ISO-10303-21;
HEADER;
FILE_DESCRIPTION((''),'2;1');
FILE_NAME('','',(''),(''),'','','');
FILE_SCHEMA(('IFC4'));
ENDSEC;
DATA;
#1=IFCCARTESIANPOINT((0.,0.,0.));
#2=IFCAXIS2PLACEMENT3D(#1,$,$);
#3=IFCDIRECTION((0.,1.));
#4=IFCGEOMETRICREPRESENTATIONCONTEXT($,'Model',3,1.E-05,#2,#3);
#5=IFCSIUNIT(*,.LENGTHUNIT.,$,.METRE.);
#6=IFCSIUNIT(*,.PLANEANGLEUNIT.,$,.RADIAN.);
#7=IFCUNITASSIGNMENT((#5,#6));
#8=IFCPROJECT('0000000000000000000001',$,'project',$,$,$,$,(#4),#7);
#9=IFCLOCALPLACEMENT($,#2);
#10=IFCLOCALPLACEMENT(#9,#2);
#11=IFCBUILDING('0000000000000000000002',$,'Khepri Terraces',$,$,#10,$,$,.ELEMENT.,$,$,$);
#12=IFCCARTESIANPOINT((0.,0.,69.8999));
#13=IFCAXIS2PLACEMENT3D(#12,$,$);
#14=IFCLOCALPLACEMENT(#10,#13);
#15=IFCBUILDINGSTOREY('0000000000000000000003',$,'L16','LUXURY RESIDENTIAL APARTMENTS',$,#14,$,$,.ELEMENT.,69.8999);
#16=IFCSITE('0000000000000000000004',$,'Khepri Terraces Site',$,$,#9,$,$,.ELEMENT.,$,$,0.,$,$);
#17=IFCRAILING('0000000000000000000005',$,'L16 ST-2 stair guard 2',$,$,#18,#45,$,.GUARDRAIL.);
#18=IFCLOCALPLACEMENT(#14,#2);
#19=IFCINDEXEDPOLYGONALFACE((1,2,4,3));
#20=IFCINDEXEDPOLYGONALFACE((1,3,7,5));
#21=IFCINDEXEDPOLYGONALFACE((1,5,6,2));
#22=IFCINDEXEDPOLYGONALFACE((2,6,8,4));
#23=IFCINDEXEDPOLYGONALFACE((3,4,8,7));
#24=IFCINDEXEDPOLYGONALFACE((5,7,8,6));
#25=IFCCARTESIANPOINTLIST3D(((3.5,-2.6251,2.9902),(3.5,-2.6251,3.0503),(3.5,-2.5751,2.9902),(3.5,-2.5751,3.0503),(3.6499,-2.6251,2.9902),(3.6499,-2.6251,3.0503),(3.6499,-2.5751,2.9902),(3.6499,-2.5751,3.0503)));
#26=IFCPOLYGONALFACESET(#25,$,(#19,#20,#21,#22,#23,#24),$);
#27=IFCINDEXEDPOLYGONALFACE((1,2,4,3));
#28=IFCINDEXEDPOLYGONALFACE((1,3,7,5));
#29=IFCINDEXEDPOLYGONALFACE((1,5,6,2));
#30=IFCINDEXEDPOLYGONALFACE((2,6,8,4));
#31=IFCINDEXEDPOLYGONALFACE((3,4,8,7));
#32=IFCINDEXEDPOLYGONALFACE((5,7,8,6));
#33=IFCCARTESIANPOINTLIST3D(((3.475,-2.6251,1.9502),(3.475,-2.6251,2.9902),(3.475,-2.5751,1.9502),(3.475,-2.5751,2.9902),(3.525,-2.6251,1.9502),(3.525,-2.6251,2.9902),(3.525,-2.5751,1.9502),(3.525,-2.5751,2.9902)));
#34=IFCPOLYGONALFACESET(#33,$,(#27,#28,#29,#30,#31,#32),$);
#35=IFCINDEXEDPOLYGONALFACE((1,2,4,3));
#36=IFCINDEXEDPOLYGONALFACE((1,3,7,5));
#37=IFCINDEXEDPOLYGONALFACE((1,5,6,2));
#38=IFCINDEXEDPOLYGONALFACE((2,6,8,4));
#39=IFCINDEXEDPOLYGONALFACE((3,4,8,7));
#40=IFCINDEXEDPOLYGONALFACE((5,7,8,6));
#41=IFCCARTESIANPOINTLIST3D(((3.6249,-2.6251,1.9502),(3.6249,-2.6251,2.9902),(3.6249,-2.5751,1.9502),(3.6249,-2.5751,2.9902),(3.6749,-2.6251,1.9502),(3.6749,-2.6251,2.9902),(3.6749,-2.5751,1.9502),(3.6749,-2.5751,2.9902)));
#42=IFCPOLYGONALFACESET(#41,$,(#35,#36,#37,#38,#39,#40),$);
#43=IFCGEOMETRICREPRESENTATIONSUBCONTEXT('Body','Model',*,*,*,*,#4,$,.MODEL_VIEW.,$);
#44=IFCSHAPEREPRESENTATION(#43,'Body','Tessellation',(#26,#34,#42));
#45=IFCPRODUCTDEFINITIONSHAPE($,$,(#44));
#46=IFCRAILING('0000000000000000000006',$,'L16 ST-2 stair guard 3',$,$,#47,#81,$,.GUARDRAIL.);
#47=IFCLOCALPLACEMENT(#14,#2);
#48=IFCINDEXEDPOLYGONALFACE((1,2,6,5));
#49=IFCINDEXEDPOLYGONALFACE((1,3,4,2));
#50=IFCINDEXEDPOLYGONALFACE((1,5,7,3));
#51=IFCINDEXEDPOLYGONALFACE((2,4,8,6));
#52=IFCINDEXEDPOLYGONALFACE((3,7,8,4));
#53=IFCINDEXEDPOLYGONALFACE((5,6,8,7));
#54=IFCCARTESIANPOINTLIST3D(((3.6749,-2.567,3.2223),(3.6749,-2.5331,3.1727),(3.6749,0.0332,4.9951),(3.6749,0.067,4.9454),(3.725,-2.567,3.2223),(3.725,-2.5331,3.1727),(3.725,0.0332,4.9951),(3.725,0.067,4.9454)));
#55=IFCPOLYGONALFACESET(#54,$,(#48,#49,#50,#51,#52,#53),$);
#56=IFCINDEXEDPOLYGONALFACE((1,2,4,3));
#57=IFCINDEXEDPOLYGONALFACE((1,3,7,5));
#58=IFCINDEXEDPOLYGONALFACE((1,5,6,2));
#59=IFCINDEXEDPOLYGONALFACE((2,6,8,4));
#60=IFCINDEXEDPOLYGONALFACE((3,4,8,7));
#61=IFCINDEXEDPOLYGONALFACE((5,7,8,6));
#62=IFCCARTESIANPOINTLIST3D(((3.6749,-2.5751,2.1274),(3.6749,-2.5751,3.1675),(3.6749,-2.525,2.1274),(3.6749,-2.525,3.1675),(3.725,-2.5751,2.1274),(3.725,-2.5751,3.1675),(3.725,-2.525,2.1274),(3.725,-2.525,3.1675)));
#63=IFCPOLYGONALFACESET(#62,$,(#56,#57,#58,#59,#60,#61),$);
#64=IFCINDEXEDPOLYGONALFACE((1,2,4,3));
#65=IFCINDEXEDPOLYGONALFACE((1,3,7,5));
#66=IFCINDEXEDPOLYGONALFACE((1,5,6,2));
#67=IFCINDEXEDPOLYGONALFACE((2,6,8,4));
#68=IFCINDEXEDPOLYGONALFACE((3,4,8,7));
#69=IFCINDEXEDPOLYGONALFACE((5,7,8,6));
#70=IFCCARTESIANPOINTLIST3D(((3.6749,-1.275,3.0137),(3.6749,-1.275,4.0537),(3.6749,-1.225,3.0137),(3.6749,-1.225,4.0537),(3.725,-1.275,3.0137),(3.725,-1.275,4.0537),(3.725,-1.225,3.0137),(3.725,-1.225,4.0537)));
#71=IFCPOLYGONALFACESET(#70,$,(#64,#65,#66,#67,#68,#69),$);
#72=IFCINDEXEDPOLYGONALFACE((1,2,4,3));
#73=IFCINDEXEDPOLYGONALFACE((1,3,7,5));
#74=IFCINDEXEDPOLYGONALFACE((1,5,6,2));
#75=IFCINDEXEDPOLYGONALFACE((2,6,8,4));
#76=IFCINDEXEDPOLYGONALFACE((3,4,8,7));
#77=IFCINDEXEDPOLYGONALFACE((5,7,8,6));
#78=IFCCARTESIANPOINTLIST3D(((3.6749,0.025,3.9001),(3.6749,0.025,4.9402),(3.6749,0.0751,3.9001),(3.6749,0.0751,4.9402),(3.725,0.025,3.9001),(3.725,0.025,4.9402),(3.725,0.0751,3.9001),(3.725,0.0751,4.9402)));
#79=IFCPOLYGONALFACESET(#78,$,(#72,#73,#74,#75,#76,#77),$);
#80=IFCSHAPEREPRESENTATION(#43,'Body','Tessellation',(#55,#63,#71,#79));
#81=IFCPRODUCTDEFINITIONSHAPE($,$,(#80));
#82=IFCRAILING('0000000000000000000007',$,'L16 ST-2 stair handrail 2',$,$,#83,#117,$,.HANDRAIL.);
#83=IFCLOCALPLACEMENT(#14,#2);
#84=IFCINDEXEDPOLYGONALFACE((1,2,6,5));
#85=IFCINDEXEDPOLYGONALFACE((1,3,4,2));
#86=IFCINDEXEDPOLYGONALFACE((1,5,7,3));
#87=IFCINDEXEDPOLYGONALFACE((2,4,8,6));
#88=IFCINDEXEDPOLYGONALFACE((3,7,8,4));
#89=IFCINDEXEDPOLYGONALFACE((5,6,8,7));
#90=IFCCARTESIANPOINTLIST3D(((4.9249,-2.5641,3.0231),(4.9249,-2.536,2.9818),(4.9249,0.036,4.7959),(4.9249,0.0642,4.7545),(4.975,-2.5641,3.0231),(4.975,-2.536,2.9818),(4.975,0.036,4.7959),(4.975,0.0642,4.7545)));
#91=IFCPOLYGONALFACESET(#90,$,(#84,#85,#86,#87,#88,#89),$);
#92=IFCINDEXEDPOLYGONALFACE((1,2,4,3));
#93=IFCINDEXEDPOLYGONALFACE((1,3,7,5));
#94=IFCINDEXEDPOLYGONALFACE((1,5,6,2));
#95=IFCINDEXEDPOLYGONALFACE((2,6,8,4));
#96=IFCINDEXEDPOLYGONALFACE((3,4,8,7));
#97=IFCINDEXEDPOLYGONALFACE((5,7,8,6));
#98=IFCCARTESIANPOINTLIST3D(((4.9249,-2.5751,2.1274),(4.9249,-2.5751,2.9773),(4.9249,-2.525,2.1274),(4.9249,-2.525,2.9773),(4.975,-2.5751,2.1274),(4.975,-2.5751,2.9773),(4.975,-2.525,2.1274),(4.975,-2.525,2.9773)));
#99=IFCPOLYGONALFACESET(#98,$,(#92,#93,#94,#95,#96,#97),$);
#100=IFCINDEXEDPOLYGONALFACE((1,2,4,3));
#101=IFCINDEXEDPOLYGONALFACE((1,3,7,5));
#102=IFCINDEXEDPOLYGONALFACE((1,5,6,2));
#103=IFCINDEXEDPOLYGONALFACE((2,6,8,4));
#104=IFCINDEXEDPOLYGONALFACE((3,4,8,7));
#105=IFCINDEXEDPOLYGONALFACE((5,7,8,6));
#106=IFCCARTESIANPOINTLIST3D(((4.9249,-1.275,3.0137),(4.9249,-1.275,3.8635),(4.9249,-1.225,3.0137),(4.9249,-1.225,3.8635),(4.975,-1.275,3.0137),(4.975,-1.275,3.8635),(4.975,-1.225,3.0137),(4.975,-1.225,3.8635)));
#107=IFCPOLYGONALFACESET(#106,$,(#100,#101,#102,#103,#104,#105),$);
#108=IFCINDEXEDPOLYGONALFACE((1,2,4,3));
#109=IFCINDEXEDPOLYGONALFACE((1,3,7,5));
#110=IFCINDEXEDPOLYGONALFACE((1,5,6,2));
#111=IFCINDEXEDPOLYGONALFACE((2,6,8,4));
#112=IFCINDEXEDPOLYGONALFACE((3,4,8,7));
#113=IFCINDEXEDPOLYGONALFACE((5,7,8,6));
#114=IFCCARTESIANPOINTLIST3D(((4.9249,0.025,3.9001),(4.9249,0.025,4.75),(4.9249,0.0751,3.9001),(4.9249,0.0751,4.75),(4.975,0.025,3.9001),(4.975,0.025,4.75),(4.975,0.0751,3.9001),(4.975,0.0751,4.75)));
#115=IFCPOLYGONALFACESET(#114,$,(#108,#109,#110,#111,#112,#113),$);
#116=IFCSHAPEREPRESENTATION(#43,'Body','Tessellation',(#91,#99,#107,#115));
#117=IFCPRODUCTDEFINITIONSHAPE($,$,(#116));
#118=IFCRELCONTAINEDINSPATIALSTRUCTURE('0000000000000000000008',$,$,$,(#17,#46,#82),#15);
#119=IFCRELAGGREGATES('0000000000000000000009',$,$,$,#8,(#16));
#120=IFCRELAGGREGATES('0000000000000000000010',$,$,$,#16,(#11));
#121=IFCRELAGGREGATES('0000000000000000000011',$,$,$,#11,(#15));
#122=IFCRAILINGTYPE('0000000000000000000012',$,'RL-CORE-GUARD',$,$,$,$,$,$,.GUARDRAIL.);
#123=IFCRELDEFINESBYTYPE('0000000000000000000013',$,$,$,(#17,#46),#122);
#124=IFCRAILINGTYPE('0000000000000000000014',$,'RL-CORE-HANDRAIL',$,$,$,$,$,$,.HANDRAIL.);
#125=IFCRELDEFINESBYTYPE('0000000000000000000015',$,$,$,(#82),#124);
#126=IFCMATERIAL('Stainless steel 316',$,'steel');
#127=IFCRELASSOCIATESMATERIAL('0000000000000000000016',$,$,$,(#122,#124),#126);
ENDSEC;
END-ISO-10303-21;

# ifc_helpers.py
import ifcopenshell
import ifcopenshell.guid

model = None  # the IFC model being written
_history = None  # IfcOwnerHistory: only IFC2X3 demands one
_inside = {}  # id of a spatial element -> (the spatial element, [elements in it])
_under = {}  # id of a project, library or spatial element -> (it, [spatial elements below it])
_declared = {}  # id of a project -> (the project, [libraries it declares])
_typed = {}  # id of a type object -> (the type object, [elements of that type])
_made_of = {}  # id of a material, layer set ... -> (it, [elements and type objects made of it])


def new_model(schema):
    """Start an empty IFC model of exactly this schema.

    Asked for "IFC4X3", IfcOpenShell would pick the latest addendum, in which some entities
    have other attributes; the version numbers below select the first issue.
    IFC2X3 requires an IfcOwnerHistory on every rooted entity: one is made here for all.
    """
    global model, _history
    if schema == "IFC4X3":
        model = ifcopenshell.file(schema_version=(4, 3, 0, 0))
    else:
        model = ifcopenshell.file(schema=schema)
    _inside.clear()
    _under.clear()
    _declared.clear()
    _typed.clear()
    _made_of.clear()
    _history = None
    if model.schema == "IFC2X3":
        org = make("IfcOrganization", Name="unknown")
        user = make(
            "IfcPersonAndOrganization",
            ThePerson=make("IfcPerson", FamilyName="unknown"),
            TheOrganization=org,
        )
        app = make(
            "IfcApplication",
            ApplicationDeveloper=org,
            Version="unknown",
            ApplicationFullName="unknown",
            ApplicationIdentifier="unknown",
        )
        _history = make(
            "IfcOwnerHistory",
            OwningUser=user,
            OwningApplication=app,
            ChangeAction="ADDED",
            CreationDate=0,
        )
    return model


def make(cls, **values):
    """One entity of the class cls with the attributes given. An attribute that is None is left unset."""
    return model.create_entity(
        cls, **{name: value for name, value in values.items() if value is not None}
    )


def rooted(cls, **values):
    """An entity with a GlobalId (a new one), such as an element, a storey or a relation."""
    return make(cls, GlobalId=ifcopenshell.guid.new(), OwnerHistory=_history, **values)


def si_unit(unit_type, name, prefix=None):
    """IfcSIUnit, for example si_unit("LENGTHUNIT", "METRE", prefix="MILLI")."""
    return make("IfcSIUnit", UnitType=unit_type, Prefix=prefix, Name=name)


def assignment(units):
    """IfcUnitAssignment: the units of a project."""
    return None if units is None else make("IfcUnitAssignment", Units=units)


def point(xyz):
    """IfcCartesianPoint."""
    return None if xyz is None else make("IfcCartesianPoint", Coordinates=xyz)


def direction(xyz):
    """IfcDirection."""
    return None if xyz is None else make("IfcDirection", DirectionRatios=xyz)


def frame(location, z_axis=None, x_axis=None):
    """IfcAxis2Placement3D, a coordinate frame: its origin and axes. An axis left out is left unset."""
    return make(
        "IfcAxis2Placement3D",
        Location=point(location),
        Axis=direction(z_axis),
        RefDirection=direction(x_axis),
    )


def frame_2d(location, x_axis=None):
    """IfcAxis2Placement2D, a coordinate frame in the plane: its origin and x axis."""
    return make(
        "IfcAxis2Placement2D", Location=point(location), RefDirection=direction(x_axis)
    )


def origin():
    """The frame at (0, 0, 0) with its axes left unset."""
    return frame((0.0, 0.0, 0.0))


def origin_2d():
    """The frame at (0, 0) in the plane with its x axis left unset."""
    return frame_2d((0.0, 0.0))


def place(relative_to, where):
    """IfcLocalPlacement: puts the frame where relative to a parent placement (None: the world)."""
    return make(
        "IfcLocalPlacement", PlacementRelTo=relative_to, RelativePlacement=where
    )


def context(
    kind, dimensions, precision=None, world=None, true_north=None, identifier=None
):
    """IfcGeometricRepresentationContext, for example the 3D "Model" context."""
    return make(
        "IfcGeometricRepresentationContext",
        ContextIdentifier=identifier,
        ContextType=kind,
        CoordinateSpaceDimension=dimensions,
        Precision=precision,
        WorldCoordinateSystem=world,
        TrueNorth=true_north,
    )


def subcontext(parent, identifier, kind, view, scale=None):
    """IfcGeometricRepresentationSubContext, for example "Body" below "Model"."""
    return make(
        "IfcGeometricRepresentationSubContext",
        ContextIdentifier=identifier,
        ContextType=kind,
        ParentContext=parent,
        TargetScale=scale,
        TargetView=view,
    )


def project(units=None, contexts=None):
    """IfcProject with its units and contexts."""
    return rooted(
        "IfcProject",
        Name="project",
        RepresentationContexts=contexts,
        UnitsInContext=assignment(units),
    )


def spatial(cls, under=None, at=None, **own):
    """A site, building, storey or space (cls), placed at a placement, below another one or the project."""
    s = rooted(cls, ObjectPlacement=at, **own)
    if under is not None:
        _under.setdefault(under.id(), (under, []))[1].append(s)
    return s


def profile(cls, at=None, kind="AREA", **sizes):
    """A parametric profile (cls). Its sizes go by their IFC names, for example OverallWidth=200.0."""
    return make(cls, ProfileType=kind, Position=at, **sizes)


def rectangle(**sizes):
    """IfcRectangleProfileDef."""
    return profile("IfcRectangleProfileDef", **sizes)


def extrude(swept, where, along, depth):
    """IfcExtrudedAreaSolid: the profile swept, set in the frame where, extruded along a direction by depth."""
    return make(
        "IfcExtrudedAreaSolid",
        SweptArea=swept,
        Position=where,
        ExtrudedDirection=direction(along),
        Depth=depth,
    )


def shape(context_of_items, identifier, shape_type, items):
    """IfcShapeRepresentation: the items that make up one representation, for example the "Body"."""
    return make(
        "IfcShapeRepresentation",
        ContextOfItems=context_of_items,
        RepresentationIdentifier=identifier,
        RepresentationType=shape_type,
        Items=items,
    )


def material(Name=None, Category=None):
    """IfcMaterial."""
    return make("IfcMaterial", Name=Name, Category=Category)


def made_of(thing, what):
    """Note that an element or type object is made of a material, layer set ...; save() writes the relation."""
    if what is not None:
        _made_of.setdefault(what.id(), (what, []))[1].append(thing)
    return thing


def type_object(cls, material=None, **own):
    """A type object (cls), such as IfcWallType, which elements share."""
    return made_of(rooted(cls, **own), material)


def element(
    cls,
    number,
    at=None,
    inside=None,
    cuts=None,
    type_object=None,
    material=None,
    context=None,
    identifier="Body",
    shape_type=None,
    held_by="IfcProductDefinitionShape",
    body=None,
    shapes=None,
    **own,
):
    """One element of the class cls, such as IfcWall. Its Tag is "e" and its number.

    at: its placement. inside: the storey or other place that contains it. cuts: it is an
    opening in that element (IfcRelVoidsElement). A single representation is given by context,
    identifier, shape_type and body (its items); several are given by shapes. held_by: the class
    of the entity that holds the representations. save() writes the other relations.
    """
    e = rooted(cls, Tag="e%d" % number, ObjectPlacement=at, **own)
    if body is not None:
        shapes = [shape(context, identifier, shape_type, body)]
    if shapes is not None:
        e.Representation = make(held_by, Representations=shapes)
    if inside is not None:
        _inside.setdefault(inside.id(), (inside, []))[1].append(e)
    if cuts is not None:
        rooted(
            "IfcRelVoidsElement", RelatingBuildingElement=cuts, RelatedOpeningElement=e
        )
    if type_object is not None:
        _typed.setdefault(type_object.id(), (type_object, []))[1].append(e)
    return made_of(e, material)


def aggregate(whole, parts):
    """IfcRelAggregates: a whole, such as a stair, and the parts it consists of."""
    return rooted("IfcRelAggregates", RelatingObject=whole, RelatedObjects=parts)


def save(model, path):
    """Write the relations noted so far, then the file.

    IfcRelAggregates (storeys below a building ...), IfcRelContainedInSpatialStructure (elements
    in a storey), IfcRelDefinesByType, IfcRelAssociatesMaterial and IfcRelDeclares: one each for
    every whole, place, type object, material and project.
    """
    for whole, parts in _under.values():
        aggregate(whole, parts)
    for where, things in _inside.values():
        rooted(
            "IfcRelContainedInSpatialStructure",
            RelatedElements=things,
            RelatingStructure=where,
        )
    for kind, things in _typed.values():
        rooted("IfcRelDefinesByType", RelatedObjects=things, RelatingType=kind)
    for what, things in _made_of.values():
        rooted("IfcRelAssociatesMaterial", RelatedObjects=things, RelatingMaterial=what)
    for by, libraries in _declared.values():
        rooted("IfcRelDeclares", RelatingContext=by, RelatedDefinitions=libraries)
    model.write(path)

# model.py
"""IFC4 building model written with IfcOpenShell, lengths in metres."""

from ifc_helpers import new_model, si_unit, direction, frame, origin, origin_2d, place, context, subcontext, project, spatial, rectangle, extrude, material, type_object, element, save


model = new_model("IFC4")

# Units and contexts
model_context = context("Model", 3, precision=1e-05, world=origin(), true_north=direction((0.0, 1.0)))
body_context = subcontext(model_context, "Body", "Model", "MODEL_VIEW")
ifc_project = project(units=[si_unit("LENGTHUNIT", "METRE"), si_unit("PLANEANGLEUNIT", "RADIAN")], contexts=[model_context])

# Site, building, storey
site_placement = place(None, origin())
site = spatial("IfcSite", under=ifc_project, at=site_placement, Name="Khepri Terraces Site", CompositionType="ELEMENT", RefElevation=0.0)
building_placement = place(site_placement, origin())
building = spatial("IfcBuilding", under=site, at=building_placement, Name="Khepri Terraces", CompositionType="ELEMENT")
storey_placement = place(building_placement, frame((0.0, 0.0, 69.8999)))
storey = spatial("IfcBuildingStorey", under=building, at=storey_placement, Name="L16", Description="LUXURY RESIDENTIAL APARTMENTS", CompositionType="ELEMENT", Elevation=69.8999)

# Railings
ifc_material_1 = material(Name="Stainless steel 316", Category="steel")
railing_type_1 = type_object("IfcRailingType", Name="RL-CORE-GUARD", PredefinedType="GUARDRAIL", material=ifc_material_1)
railing_1_placement = place(storey_placement, frame((3.5, -2.6001, 1.9502)))
element("IfcRailing", 1, at=railing_1_placement, inside=storey, type_object=railing_type_1, Name="L16 ST-2 stair guard 2", PredefinedType="GUARDRAIL", context=body_context, shape_type="SweptSolid", body=[
    extrude(rectangle(XDim=0.05, YDim=0.0601, at=origin_2d()), frame((0.0, 0.0, 1.0701), z_axis=(1.0, 0.0, 0.0), x_axis=(0.0, 1.0, 0.0)), (0.0, 0.0, 1.0), 0.1499),
    extrude(rectangle(XDim=0.05, YDim=0.05, at=origin_2d()), origin(), (0.0, 0.0, 1.0), 1.04),
    extrude(rectangle(XDim=0.05, YDim=0.05, at=origin_2d()), frame((0.1499, 0.0, 0.0)), (0.0, 0.0, 1.0), 1.04),
])
railing_2_placement = place(storey_placement, frame((3.7, -2.55, 2.1274)))
element("IfcRailing", 2, at=railing_2_placement, inside=storey, type_object=railing_type_1, Name="L16 ST-2 stair guard 3", PredefinedType="GUARDRAIL", context=body_context, shape_type="SweptSolid", body=[
    extrude(rectangle(XDim=0.05, YDim=0.0601, at=origin_2d()), frame((0.0, 0.0, 1.0701), z_axis=(0.0, 0.82624, 0.563318), x_axis=(-1.0, 0.0, 0.0)), (0.0, 0.0, 1.0), 3.147),
    extrude(rectangle(XDim=0.05, YDim=0.05, at=origin_2d()), origin(), (0.0, 0.0, 1.0), 1.04),
    extrude(rectangle(XDim=0.05, YDim=0.05, at=origin_2d()), frame((0.0, 1.3, 0.8862)), (0.0, 0.0, 1.0), 1.04),
    extrude(rectangle(XDim=0.05, YDim=0.05, at=origin_2d()), frame((0.0, 2.6001, 1.7727)), (0.0, 0.0, 1.0), 1.04),
])
railing_type_2 = type_object("IfcRailingType", Name="RL-CORE-HANDRAIL", PredefinedType="HANDRAIL", material=ifc_material_1)
railing_3_placement = place(storey_placement, frame((4.95, -2.55, 2.1274)))
element("IfcRailing", 3, at=railing_3_placement, inside=storey, type_object=railing_type_2, Name="L16 ST-2 stair handrail 2", PredefinedType="HANDRAIL", context=body_context, shape_type="SweptSolid", body=[
    extrude(rectangle(XDim=0.05, YDim=0.05, at=origin_2d()), frame((0.0, 0.0, 0.875), z_axis=(0.0, 0.82624, 0.563318), x_axis=(-1.0, 0.0, 0.0)), (0.0, 0.0, 1.0), 3.147),
    extrude(rectangle(XDim=0.05, YDim=0.05, at=origin_2d()), origin(), (0.0, 0.0, 1.0), 0.8499),
    extrude(rectangle(XDim=0.05, YDim=0.05, at=origin_2d()), frame((0.0, 1.3, 0.8862)), (0.0, 0.0, 1.0), 0.8499),
    extrude(rectangle(XDim=0.05, YDim=0.05, at=origin_2d()), frame((0.0, 2.6001, 1.7727)), (0.0, 0.0, 1.0), 0.8499),
])

save(model, "model.ifc")
